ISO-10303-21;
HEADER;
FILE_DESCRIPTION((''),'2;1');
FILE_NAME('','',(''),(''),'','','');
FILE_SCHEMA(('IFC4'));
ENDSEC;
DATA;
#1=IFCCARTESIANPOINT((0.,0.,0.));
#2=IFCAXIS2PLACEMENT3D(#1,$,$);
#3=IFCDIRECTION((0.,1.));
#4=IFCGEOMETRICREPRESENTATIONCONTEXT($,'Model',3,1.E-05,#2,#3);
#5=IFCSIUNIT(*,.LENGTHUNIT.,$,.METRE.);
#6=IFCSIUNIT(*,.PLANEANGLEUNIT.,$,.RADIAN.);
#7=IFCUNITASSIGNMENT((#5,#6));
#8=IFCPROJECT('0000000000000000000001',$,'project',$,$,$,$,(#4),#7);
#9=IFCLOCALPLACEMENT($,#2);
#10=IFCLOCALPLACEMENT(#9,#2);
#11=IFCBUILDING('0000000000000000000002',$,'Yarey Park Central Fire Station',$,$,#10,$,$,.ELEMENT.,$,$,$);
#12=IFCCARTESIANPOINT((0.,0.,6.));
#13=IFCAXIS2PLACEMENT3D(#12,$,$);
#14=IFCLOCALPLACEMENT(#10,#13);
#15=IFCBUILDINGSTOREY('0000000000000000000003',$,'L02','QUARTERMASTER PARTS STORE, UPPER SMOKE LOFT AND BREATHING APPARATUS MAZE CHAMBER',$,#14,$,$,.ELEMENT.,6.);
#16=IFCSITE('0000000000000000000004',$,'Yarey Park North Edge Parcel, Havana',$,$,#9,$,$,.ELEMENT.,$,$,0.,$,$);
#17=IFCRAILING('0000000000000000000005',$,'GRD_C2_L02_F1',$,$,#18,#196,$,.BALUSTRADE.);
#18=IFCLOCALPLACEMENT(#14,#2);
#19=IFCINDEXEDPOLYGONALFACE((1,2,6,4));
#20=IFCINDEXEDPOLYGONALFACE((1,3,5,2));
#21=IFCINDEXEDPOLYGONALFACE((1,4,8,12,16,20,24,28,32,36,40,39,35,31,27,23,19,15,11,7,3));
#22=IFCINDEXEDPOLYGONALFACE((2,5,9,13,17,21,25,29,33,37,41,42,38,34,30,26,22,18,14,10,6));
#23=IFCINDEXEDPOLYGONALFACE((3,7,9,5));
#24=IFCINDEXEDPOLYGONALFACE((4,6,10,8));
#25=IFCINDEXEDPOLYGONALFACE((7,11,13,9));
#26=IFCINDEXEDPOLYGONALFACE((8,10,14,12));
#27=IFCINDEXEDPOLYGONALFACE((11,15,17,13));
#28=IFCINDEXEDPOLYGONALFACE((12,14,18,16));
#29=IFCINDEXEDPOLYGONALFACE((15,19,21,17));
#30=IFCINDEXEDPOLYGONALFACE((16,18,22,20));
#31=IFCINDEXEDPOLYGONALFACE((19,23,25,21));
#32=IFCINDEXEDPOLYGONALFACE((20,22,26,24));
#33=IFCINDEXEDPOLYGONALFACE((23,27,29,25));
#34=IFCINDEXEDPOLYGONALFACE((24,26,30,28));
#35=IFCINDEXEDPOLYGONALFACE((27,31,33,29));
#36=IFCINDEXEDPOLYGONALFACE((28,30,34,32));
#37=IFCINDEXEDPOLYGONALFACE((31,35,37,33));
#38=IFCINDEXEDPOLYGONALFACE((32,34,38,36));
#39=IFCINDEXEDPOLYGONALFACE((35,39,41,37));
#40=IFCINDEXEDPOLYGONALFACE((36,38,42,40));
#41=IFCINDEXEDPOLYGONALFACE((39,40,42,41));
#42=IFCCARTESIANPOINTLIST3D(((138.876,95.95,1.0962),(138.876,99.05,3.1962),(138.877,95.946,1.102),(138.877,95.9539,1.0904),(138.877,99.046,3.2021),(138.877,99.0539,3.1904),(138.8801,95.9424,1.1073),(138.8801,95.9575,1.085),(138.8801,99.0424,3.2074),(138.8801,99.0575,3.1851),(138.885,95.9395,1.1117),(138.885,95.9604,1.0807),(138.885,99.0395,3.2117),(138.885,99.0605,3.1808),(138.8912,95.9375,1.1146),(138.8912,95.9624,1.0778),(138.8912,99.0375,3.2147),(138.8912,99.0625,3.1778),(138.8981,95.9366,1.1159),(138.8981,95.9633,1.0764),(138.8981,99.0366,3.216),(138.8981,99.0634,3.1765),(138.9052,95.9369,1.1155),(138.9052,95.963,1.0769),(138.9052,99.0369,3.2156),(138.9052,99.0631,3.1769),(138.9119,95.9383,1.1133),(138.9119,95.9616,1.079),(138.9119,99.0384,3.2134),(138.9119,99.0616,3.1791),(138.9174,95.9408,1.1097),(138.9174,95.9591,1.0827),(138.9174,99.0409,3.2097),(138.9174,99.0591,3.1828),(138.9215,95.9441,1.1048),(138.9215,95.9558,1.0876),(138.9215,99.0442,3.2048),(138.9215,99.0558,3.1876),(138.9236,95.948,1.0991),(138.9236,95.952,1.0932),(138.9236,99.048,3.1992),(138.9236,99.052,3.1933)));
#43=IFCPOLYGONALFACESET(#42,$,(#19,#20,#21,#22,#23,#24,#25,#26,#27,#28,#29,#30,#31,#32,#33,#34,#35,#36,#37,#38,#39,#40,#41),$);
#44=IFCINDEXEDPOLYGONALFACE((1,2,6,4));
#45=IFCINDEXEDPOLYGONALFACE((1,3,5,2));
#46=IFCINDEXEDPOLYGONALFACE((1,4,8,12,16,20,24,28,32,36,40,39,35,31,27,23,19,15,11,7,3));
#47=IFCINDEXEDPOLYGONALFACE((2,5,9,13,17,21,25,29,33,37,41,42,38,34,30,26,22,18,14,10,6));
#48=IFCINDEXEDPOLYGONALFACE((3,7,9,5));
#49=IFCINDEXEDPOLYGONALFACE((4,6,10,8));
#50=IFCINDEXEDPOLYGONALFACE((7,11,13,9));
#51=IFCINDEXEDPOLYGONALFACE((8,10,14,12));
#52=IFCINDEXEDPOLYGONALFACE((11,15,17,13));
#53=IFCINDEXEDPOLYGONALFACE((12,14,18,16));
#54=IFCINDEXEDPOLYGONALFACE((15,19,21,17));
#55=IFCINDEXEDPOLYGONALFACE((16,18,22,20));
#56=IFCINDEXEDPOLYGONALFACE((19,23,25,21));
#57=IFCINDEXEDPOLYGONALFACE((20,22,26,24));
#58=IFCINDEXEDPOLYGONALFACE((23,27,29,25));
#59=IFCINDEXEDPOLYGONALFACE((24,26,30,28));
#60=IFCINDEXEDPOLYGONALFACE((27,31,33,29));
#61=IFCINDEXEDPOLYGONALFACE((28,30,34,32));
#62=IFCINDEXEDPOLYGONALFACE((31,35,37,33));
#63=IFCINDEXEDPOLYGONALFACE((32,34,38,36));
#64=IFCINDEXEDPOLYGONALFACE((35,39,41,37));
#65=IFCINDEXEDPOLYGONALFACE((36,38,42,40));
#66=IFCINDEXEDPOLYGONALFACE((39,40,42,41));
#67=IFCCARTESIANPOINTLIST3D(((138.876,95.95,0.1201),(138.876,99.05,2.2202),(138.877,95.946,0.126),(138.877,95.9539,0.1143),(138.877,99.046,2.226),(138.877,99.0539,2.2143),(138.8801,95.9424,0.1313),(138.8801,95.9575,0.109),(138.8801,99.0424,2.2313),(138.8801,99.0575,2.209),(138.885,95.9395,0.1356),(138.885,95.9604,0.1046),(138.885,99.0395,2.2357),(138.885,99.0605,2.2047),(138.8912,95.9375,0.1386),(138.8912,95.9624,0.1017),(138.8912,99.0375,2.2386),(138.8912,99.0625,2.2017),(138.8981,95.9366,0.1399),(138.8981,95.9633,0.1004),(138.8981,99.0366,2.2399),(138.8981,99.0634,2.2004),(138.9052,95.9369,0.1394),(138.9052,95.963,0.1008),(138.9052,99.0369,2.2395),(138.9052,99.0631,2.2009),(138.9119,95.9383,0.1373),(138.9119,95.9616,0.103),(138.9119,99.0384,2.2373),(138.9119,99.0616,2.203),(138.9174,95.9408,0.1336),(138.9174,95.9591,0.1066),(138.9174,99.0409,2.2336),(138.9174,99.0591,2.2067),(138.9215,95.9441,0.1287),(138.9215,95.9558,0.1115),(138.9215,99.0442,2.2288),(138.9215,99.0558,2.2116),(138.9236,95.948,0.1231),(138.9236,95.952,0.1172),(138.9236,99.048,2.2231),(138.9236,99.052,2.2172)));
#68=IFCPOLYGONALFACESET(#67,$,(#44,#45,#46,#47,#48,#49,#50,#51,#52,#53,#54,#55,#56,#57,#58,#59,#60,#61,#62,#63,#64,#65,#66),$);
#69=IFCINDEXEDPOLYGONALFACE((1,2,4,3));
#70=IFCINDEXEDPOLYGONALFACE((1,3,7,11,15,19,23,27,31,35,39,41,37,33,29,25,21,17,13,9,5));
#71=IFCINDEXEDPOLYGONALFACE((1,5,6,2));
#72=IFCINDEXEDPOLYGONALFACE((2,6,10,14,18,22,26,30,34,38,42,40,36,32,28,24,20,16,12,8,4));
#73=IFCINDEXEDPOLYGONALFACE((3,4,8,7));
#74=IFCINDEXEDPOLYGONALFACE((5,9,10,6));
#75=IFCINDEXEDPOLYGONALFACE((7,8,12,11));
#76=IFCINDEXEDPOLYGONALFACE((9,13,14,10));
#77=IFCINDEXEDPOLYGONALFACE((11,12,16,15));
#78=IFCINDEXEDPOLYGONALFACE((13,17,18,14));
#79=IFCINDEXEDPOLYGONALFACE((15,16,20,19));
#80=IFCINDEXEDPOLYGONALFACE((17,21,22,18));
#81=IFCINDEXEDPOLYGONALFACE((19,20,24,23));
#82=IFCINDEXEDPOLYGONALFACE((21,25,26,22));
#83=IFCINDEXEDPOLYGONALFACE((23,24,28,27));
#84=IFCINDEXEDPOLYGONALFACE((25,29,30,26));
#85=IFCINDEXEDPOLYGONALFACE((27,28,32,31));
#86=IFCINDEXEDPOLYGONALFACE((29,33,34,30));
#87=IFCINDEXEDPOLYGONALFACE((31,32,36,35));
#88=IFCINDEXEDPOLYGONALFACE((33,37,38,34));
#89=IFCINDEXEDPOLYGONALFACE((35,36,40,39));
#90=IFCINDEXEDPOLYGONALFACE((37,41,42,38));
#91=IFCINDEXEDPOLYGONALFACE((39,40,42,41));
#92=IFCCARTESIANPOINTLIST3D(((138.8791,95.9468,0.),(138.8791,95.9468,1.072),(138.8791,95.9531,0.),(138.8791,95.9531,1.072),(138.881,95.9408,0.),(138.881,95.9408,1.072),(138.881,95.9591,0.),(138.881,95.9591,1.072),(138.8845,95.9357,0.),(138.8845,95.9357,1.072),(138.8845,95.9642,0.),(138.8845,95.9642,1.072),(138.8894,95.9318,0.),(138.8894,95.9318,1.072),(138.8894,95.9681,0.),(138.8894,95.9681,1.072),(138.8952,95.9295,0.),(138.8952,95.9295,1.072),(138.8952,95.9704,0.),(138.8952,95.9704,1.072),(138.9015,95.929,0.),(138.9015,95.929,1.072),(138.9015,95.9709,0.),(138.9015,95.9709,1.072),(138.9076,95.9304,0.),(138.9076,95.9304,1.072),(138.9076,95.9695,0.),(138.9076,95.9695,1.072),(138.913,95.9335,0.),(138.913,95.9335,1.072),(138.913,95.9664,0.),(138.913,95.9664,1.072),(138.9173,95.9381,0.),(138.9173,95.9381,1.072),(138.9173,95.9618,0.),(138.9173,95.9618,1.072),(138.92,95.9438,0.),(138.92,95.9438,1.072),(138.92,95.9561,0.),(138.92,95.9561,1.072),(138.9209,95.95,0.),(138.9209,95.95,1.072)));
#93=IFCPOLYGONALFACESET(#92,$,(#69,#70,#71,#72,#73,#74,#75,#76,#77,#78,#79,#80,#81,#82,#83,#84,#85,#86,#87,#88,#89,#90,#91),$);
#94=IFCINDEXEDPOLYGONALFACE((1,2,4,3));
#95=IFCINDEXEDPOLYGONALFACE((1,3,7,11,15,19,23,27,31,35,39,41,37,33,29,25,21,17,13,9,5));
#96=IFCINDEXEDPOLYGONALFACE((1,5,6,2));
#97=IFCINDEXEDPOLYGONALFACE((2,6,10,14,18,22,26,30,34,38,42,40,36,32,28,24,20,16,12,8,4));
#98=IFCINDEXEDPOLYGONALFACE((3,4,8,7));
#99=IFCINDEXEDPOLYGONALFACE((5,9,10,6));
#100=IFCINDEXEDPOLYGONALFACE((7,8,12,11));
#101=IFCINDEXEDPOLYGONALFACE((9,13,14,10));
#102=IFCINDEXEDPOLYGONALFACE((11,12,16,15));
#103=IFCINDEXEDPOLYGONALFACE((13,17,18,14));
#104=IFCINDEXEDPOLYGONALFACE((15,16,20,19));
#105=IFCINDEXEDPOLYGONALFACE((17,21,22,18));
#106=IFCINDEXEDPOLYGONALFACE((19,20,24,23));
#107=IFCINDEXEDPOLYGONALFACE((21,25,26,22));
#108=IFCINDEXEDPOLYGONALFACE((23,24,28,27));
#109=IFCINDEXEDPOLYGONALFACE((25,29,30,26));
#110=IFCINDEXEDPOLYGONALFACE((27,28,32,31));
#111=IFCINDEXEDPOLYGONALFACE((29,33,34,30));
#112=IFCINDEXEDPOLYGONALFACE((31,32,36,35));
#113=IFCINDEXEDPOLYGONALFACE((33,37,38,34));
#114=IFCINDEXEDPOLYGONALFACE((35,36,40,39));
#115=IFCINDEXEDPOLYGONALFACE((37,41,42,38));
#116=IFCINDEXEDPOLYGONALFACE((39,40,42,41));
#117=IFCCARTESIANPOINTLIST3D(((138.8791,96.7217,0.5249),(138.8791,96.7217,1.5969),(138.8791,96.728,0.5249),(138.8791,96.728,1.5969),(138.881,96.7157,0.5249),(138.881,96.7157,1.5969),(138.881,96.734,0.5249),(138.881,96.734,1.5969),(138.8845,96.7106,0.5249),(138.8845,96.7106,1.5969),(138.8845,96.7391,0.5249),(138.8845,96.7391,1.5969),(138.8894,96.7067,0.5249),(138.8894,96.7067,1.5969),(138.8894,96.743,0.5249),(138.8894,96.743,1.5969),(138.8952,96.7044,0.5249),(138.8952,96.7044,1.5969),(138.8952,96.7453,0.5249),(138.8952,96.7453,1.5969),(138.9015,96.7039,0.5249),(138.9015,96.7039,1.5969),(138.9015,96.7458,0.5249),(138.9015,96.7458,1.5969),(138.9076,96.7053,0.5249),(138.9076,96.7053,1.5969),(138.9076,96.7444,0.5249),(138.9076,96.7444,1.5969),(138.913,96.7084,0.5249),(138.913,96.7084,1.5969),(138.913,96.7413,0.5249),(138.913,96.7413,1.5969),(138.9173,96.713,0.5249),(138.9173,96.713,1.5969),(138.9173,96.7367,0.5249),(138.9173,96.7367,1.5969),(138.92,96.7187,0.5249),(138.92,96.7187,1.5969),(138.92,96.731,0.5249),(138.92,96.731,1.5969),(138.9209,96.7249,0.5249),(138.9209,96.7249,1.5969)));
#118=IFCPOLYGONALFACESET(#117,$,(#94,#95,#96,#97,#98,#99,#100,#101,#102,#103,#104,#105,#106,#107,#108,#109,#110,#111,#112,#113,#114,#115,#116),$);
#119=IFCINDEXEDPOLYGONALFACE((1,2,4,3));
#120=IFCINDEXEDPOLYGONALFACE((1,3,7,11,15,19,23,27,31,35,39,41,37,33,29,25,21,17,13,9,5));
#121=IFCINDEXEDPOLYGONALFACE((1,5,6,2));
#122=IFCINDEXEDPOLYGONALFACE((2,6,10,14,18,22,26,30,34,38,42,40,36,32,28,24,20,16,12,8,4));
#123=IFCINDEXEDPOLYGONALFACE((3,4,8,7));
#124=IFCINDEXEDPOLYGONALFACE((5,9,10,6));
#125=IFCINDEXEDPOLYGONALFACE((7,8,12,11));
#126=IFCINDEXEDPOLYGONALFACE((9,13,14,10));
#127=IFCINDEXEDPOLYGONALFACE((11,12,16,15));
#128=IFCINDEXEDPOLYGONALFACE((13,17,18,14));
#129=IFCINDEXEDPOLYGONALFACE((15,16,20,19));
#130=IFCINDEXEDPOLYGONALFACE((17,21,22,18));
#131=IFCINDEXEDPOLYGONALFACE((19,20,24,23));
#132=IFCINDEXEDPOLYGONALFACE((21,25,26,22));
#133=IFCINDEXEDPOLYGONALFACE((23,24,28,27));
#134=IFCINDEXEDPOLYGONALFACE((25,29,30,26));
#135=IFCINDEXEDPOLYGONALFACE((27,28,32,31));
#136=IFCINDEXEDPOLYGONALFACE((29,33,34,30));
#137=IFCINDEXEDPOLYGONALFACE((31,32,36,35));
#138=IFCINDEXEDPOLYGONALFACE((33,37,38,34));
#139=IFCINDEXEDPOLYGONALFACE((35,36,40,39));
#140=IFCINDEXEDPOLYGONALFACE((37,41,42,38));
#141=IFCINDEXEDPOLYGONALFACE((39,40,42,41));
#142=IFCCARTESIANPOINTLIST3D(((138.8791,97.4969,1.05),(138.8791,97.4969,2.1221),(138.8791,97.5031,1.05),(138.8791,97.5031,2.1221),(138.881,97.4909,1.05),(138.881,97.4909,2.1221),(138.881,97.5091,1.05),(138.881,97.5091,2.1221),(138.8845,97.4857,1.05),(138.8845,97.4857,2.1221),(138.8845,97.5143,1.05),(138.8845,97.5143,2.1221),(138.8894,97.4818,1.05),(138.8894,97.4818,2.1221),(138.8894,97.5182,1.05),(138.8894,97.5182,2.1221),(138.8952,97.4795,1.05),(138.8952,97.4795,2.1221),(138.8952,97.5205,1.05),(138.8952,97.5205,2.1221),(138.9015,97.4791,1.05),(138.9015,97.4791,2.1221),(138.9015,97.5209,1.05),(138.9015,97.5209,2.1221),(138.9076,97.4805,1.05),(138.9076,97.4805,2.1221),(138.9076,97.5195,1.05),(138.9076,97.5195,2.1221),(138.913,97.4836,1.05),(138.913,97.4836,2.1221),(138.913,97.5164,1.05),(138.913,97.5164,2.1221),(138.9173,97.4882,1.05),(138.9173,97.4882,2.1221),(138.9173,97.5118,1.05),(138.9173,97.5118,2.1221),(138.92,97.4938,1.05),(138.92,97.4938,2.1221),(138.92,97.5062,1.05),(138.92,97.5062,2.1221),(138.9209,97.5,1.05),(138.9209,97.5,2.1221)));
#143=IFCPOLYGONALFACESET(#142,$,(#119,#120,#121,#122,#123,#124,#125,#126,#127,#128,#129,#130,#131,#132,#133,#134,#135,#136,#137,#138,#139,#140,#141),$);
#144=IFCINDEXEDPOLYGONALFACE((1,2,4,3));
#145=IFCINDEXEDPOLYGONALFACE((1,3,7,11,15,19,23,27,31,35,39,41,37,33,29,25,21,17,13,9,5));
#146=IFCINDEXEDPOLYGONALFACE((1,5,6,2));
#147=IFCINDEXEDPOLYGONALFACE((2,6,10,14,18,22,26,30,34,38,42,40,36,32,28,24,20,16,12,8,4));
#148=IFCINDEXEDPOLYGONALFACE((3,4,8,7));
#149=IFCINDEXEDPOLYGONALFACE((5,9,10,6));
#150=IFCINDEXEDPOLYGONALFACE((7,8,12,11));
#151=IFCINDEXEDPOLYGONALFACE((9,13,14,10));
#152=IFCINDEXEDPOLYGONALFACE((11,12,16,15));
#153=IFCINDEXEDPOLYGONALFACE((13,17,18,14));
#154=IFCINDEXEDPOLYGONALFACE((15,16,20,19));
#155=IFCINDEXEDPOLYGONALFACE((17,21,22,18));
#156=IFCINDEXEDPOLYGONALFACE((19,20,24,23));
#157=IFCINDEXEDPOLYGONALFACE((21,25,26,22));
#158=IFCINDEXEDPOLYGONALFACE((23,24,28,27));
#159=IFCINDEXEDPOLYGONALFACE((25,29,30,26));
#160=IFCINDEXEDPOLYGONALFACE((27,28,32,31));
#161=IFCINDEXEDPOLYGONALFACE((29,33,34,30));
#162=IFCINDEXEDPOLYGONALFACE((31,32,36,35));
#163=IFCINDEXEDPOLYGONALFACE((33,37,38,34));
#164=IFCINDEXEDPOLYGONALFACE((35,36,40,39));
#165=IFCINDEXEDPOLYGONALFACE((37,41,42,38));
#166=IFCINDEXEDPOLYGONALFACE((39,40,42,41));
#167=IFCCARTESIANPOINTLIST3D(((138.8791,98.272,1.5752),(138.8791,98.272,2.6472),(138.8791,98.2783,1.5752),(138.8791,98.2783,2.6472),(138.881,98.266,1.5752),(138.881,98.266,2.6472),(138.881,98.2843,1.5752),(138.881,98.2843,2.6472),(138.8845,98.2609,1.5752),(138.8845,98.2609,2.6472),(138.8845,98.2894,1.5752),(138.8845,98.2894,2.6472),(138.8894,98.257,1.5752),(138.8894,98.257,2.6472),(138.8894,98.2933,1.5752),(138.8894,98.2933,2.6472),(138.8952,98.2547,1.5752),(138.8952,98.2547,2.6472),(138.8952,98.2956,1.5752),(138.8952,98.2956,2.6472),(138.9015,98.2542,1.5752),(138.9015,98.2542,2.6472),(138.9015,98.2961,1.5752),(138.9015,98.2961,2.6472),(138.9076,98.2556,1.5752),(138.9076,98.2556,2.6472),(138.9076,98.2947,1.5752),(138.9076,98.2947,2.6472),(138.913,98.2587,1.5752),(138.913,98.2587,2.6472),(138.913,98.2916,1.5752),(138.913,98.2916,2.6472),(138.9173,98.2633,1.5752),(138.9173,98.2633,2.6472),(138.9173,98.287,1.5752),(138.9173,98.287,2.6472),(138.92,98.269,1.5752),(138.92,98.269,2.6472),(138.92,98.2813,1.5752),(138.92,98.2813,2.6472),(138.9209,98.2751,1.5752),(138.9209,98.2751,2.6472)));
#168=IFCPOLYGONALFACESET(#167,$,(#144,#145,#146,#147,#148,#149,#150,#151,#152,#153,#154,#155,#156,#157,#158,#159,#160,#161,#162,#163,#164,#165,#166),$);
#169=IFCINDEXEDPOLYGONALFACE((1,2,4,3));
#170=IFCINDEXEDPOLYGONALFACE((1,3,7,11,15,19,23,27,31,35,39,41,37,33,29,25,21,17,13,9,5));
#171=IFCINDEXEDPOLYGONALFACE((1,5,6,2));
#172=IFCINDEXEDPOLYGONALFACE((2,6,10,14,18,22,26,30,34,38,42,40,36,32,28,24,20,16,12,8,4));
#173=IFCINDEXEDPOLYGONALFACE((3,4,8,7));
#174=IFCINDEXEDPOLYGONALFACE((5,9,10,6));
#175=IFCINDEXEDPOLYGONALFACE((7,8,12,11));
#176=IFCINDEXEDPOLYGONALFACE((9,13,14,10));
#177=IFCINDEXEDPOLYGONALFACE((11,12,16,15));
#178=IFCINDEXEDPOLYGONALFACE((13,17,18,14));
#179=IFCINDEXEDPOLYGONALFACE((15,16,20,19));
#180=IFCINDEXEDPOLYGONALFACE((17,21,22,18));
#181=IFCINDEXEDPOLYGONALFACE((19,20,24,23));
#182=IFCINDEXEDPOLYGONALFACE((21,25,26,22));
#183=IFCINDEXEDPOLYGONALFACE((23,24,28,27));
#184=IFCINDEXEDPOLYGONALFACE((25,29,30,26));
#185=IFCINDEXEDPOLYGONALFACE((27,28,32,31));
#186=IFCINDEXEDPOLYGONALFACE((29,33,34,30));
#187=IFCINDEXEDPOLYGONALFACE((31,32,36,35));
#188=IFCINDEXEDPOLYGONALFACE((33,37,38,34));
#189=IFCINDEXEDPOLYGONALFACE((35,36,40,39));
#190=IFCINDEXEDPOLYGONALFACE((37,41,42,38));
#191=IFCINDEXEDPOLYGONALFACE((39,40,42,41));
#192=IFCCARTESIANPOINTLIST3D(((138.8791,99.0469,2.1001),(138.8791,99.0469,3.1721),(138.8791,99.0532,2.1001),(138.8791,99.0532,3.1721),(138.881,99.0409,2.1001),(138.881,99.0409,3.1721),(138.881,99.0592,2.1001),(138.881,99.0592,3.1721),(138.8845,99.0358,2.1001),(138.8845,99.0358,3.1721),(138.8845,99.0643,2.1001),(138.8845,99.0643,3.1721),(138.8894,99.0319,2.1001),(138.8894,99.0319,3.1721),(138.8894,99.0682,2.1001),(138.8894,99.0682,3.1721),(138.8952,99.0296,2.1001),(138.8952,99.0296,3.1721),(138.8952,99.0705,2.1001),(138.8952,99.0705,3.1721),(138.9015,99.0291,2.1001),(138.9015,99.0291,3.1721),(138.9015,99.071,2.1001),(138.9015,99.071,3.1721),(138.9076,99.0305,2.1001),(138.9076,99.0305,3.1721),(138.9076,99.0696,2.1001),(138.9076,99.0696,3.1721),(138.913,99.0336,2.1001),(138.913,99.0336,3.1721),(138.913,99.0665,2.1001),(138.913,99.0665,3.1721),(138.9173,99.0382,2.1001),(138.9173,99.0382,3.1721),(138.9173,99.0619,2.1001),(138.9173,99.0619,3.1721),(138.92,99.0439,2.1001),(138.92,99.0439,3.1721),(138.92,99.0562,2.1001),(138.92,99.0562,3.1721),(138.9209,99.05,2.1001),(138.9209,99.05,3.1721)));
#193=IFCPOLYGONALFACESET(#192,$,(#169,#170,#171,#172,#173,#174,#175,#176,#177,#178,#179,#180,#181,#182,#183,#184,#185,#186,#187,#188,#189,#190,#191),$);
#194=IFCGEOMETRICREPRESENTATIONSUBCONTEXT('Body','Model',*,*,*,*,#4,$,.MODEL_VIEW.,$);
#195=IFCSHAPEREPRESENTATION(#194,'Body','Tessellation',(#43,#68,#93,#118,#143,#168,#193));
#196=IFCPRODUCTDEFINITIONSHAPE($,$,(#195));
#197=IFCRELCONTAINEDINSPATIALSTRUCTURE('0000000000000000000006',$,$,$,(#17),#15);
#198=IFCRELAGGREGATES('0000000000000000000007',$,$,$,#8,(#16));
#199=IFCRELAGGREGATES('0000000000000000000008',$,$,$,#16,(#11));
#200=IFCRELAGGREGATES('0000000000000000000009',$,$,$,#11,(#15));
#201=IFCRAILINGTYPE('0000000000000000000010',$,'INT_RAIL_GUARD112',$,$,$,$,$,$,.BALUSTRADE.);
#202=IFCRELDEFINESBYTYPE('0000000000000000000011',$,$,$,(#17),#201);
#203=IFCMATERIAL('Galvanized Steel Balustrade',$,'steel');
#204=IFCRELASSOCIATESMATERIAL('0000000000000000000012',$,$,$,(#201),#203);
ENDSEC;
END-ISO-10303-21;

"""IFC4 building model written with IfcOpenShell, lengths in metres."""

from ifc_helpers import new_model, si_unit, direction, frame, origin, origin_2d, place, context, subcontext, project, spatial, circle, extrude, material, type_object, element, save


model = new_model("IFC4")

# Units and contexts
model_context = context("Model", 3, precision=1e-05, world=origin(), true_north=direction((0.0, 1.0)))
body_context = subcontext(model_context, "Body", "Model", "MODEL_VIEW")
ifc_project = project(units=[si_unit("LENGTHUNIT", "METRE"), si_unit("PLANEANGLEUNIT", "RADIAN")], contexts=[model_context])

# Site, building, storey
site_placement = place(None, origin())
site = spatial("IfcSite", under=ifc_project, at=site_placement, Name="Yarey Park North Edge Parcel, Havana", CompositionType="ELEMENT", RefElevation=0.0)
building_placement = place(site_placement, origin())
building = spatial("IfcBuilding", under=site, at=building_placement, Name="Yarey Park Central Fire Station", CompositionType="ELEMENT")
storey_placement = place(building_placement, frame((0.0, 0.0, 6.0)))
storey = spatial("IfcBuildingStorey", under=building, at=storey_placement, Name="L02", Description="QUARTERMASTER PARTS STORE, UPPER SMOKE LOFT AND BREATHING APPARATUS MAZE CHAMBER", CompositionType="ELEMENT", Elevation=6.0)

# Railing
ifc_material_1 = material(Name="Galvanized Steel Balustrade", Category="steel")
railing_type_1 = type_object("IfcRailingType", Name="INT_RAIL_GUARD112", PredefinedType="BALUSTRADE", material=ifc_material_1)
railing_1_placement = place(storey_placement, frame((138.8999, 95.95, 0.0)))
element("IfcRailing", 1, at=railing_1_placement, inside=storey, type_object=railing_type_1, Name="GRD_C2_L02_F1", PredefinedType="BALUSTRADE", context=body_context, shape_type="SweptSolid", body=[
    extrude(circle(Radius=0.0239, at=origin_2d()), frame((0.0, 0.0, 1.0962), z_axis=(0.0, 0.827915, 0.560854), x_axis=(-1.0, 0.0, 0.0)), (0.0, 0.0, 1.0), 3.7444),
    extrude(circle(Radius=0.0239, at=origin_2d()), frame((0.0, 0.0, 0.1201), z_axis=(0.0, 0.827915, 0.560854), x_axis=(-1.0, 0.0, 0.0)), (0.0, 0.0, 1.0), 3.7444),
    extrude(circle(Radius=0.021, at=origin_2d()), origin(), (0.0, 0.0, 1.0), 1.072),
    extrude(circle(Radius=0.021, at=origin_2d()), frame((0.0, 0.7749, 0.5249)), (0.0, 0.0, 1.0), 1.072),
    extrude(circle(Radius=0.021, at=origin_2d()), frame((0.0, 1.55, 1.05)), (0.0, 0.0, 1.0), 1.072),
    extrude(circle(Radius=0.021, at=origin_2d()), frame((0.0, 2.3252, 1.5752)), (0.0, 0.0, 1.0), 1.072),
    extrude(circle(Radius=0.021, at=origin_2d()), frame((0.0, 3.1001, 2.1001)), (0.0, 0.0, 1.0), 1.072),
])

save(model, "model.ifc")
